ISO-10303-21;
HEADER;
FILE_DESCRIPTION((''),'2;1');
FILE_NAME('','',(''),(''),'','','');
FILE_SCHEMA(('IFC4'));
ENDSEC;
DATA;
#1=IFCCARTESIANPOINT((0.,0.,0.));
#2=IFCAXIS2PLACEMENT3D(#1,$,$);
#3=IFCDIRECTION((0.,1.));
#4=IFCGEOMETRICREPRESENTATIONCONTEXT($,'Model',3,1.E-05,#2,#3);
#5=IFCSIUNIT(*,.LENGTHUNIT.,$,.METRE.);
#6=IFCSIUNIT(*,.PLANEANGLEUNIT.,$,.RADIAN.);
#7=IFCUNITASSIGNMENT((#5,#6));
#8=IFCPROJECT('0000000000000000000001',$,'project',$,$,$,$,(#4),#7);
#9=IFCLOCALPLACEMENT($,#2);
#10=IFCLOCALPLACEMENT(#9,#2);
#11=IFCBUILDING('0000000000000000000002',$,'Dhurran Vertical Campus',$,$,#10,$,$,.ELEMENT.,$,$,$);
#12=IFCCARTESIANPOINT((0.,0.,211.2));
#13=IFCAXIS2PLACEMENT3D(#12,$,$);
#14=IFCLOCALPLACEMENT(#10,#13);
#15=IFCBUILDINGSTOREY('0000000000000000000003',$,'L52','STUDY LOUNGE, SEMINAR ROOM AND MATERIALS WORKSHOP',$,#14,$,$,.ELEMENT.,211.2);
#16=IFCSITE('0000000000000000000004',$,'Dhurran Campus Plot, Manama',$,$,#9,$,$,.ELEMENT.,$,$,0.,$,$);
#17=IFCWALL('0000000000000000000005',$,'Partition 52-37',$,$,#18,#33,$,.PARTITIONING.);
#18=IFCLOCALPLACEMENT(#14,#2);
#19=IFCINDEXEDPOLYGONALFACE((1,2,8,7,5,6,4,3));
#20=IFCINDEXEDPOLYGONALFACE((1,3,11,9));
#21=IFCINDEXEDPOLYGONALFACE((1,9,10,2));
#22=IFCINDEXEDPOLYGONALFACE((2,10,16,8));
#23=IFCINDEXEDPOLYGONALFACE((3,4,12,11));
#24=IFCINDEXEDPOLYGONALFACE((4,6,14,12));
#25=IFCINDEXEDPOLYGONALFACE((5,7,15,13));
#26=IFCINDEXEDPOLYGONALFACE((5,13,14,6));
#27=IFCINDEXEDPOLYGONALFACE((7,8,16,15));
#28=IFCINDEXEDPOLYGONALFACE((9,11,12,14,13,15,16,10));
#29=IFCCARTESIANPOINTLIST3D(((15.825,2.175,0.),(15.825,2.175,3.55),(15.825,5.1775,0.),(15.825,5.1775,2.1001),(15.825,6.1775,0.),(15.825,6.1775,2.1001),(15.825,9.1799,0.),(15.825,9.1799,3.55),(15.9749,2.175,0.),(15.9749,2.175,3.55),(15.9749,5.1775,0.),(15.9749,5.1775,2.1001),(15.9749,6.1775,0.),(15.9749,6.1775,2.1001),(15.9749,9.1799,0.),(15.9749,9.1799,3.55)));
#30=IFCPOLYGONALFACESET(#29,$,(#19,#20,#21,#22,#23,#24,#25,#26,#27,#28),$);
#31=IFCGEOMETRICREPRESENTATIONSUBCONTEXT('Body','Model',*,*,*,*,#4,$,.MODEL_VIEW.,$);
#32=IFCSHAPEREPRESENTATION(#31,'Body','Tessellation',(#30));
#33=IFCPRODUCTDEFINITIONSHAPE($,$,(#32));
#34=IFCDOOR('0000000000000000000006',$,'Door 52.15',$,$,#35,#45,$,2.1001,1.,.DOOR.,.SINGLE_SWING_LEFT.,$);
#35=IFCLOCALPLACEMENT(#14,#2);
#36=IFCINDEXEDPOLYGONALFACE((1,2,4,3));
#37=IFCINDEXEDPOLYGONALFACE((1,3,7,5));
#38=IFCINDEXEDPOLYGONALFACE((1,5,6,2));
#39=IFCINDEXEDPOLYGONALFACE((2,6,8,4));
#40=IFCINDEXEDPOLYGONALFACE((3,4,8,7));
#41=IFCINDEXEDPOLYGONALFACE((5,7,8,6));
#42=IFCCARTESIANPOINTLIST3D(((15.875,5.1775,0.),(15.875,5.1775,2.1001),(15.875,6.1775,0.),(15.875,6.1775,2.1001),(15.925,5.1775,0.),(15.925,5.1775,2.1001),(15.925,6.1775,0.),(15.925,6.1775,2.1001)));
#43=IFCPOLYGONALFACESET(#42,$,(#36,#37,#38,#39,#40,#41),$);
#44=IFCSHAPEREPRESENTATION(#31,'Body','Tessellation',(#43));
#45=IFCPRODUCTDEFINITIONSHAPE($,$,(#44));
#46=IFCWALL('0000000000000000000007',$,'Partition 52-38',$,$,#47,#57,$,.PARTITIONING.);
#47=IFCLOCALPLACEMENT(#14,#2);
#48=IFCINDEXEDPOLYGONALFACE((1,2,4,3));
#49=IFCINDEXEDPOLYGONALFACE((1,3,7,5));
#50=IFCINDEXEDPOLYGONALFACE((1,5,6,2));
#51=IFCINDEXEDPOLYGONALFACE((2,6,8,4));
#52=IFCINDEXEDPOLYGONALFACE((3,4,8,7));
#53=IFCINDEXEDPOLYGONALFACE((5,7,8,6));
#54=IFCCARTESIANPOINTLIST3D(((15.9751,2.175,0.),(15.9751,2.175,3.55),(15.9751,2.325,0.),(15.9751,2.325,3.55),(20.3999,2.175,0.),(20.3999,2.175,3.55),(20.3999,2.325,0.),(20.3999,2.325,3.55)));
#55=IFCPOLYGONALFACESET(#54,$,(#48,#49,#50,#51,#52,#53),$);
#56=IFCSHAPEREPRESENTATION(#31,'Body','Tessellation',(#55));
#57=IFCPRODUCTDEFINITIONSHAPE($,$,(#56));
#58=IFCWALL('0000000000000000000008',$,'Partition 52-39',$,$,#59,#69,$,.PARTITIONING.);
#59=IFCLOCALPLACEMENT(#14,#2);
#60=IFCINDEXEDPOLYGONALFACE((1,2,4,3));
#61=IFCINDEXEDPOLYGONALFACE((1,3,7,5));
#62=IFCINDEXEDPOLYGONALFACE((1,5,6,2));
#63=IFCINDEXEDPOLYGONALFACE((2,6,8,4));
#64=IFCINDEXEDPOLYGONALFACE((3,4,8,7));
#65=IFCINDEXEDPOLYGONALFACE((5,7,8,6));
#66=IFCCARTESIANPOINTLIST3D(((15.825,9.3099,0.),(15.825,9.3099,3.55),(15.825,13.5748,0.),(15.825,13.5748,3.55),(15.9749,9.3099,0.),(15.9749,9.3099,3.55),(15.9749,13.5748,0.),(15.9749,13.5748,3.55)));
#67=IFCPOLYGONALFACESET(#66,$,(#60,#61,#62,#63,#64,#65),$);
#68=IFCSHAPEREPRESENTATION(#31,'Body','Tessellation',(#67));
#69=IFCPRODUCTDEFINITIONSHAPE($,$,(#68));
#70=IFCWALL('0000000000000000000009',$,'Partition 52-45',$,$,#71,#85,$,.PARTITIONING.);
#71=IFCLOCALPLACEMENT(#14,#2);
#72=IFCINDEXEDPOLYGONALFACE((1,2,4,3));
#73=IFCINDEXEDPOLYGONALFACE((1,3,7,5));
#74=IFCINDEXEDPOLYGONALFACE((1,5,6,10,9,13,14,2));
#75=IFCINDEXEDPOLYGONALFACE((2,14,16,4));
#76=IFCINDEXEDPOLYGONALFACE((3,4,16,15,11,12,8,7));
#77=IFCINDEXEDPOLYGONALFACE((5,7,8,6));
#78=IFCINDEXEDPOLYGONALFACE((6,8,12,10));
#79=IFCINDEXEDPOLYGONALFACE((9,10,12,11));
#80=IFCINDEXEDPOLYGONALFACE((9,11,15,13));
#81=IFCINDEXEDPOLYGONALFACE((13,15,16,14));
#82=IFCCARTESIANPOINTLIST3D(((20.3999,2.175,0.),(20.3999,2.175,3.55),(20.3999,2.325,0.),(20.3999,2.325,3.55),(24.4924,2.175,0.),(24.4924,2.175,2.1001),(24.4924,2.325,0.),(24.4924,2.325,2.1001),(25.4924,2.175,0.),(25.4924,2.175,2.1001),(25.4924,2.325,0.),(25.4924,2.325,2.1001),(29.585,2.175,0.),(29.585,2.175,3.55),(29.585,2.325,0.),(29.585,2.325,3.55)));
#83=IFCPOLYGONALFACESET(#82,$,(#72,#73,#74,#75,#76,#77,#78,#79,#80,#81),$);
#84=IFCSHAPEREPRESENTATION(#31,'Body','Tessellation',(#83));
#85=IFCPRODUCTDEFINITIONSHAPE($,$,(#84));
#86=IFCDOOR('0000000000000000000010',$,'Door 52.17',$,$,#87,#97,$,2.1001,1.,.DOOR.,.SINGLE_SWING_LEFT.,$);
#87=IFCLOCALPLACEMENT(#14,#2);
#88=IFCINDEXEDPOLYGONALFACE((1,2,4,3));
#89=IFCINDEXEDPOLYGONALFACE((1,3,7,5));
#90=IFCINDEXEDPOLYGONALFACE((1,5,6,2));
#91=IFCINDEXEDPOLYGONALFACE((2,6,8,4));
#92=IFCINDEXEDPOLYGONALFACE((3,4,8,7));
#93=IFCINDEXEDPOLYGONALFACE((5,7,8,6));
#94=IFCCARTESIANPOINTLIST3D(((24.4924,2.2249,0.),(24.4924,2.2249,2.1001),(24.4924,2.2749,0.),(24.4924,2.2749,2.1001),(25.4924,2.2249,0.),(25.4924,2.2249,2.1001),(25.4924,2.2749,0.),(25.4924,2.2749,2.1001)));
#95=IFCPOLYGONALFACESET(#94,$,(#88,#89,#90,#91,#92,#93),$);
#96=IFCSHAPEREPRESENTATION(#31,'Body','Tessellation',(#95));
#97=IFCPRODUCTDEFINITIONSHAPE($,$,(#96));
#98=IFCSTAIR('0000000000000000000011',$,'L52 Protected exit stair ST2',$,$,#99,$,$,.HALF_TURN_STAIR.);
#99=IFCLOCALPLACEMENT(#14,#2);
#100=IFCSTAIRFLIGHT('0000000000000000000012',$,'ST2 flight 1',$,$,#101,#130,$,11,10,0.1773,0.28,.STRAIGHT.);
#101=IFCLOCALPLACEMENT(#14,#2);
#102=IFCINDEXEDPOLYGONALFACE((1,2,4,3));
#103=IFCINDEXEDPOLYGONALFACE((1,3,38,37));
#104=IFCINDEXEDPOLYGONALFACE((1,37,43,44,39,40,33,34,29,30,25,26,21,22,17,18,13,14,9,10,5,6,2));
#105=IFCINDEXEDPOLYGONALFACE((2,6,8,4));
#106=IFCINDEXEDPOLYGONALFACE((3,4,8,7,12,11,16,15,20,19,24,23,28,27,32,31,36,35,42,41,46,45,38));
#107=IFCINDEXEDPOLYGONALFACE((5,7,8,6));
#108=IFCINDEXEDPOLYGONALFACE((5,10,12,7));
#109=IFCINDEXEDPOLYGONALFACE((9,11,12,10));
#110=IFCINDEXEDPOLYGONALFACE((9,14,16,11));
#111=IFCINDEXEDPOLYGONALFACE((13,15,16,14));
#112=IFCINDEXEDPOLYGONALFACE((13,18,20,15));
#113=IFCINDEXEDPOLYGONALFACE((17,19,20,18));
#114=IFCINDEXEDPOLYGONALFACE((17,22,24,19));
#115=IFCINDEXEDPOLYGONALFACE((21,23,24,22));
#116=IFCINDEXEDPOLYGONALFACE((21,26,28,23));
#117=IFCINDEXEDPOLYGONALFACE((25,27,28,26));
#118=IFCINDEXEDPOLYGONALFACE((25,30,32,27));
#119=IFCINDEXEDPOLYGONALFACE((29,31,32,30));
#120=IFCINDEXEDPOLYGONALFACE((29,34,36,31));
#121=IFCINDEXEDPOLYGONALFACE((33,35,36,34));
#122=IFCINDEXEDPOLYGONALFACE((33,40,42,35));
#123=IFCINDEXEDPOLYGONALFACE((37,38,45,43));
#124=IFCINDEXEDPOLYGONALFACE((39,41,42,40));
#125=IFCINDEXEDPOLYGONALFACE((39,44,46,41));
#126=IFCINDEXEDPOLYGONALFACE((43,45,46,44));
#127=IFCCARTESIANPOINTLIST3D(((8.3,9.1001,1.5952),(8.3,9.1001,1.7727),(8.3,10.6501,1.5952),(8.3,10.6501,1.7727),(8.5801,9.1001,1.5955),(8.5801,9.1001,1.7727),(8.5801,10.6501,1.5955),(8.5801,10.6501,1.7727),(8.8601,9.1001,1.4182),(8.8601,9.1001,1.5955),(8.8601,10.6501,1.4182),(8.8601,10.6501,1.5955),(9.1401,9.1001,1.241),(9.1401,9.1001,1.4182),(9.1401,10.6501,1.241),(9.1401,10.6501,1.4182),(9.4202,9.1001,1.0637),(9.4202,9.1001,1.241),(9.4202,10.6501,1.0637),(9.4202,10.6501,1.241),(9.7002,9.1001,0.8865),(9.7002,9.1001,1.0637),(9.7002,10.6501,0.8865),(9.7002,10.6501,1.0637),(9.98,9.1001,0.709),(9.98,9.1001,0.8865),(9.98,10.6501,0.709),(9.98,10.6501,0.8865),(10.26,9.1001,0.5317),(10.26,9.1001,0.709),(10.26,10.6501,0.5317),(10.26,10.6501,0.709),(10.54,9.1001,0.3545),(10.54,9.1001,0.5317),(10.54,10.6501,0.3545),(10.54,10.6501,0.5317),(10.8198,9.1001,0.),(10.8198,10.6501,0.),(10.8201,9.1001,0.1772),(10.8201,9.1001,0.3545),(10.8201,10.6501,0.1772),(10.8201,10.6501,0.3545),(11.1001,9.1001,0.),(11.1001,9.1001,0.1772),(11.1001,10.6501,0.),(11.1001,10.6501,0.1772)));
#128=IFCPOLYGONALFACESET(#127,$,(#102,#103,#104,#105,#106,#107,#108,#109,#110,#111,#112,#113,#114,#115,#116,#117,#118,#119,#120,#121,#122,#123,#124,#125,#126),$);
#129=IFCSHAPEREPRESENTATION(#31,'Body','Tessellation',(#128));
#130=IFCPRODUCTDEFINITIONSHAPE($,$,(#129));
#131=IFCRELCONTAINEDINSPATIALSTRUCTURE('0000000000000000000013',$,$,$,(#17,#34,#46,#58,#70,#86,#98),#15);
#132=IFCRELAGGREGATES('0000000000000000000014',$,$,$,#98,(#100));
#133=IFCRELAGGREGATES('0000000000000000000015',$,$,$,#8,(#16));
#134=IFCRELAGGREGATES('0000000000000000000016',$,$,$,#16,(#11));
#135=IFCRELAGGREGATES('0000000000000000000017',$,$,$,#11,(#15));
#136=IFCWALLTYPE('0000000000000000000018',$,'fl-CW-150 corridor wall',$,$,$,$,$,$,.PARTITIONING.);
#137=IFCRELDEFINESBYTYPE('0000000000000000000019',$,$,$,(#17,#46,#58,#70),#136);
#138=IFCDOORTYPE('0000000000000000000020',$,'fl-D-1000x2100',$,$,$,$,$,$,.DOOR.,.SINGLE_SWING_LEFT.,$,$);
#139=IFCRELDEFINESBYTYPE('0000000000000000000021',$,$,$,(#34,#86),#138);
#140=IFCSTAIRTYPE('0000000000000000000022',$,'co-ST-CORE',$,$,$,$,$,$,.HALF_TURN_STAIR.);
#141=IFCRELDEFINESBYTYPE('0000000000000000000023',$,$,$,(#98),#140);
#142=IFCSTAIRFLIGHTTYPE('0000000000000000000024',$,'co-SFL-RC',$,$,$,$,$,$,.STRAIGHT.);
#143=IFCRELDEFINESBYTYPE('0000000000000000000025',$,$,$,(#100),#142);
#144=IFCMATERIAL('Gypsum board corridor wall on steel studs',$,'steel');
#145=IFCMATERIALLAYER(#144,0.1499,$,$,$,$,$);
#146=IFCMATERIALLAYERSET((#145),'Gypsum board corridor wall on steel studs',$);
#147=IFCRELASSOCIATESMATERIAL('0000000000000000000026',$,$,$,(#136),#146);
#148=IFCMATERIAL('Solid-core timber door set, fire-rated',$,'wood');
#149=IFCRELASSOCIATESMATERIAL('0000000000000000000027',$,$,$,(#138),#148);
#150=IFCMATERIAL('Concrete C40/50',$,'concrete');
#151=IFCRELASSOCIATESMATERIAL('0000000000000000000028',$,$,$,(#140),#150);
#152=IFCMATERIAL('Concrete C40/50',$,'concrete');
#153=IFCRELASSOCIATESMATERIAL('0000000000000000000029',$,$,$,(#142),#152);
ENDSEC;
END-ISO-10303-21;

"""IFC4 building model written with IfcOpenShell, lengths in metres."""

from ifc_helpers import new_model, si_unit, direction, frame, frame_2d, origin, place, context, subcontext, project, spatial, polyline, rectangle, outline, extrude, material, layer, layer_set, type_object, element, fill, aggregate, save


model = new_model("IFC4")

# Units and contexts
model_context = context("Model", 3, precision=1e-05, world=origin(), true_north=direction((0.0, 1.0)))
body_context = subcontext(model_context, "Body", "Model", "MODEL_VIEW")
ifc_project = project(units=[si_unit("LENGTHUNIT", "METRE"), si_unit("PLANEANGLEUNIT", "RADIAN")], contexts=[model_context])

# Site, building, storey
site_placement = place(None, origin())
site = spatial("IfcSite", under=ifc_project, at=site_placement, Name="Dhurran Campus Plot, Manama", CompositionType="ELEMENT", RefElevation=0.0)
building_placement = place(site_placement, origin())
building = spatial("IfcBuilding", under=site, at=building_placement, Name="Dhurran Vertical Campus", CompositionType="ELEMENT")
storey_placement = place(building_placement, frame((0.0, 0.0, 211.2)))
storey = spatial("IfcBuildingStorey", under=building, at=storey_placement, Name="L52", Description="STUDY LOUNGE, SEMINAR ROOM AND MATERIALS WORKSHOP", CompositionType="ELEMENT", Elevation=211.2)

# Wall, opening, door
ifc_material_1 = material(Name="Gypsum board corridor wall on steel studs", Category="steel")
ifc_layer_1 = layer(ifc_material_1, 0.1499)
ifc_layer_set_1 = layer_set([ifc_layer_1], Name="Gypsum board corridor wall on steel studs")
wall_type_1 = type_object("IfcWallType", Name="fl-CW-150 corridor wall", PredefinedType="PARTITIONING", material=ifc_layer_set_1)
wall_1_placement = place(storey_placement, frame((15.8999, 2.175, 0.0), z_axis=(0.0, 0.0, 1.0), x_axis=(0.0, 1.0, 0.0)))
wall_1 = element("IfcWall", 1, at=wall_1_placement, inside=storey, type_object=wall_type_1, Name="Partition 52-37", PredefinedType="PARTITIONING", context=body_context, shape_type="SweptSolid", body=[
    extrude(rectangle(XDim=7.0049, YDim=0.1499, at=frame_2d((3.5024, 0.0))), origin(), (0.0, 0.0, 1.0), 3.55),
])
opening_1_placement = place(wall_1_placement, frame((3.0024, 0.0, 0.0)))
opening_1 = element("IfcOpeningElement", 2, at=opening_1_placement, cuts=wall_1, PredefinedType="OPENING", context=body_context, shape_type="SweptSolid", body=[
    extrude(rectangle(XDim=1.0, YDim=2.1001, at=frame_2d((0.5, 1.05))), frame((0.0, 0.085, 0.0), z_axis=(0.0, -1.0, 0.0), x_axis=(1.0, 0.0, 0.0)), (0.0, 0.0, 1.0), 0.1699),
])
ifc_material_2 = material(Name="Solid-core timber door set, fire-rated", Category="wood")
door_type = type_object("IfcDoorType", Name="fl-D-1000x2100", OperationType="SINGLE_SWING_LEFT", PredefinedType="DOOR", material=ifc_material_2)
door_1_placement = place(opening_1_placement, origin())
door_1 = element("IfcDoor", 3, at=door_1_placement, inside=storey, type_object=door_type, Name="Door 52.15", OperationType="SINGLE_SWING_LEFT", OverallHeight=2.1001, OverallWidth=1.0, PredefinedType="DOOR", context=body_context, shape_type="SweptSolid", body=[
    extrude(rectangle(XDim=1.0, YDim=2.1001, at=frame_2d((0.5, 1.05))), frame((0.0, 0.0249, 0.0), z_axis=(0.0, -1.0, 0.0), x_axis=(1.0, 0.0, 0.0)), (0.0, 0.0, 1.0), 0.05),
])
fill(opening_1, door_1)

# Walls
wall_2_placement = place(storey_placement, frame((15.9751, 2.25, 0.0), z_axis=(0.0, 0.0, 1.0), x_axis=(1.0, 0.0, 0.0)))
element("IfcWall", 4, at=wall_2_placement, inside=storey, type_object=wall_type_1, Name="Partition 52-38", PredefinedType="PARTITIONING", context=body_context, shape_type="SweptSolid", body=[
    extrude(rectangle(XDim=4.4248, YDim=0.1499, at=frame_2d((2.2124, 0.0))), origin(), (0.0, 0.0, 1.0), 3.55),
])
wall_3_placement = place(storey_placement, frame((15.8999, 9.3101, 0.0), z_axis=(0.0, 0.0, 1.0), x_axis=(0.0, 1.0, 0.0)))
element("IfcWall", 5, at=wall_3_placement, inside=storey, type_object=wall_type_1, Name="Partition 52-39", PredefinedType="PARTITIONING", context=body_context, shape_type="SweptSolid", body=[
    extrude(rectangle(XDim=4.2649, YDim=0.1499, at=frame_2d((2.1323, 0.0))), origin(), (0.0, 0.0, 1.0), 3.55),
])

# Wall, opening, door
wall_4_placement = place(storey_placement, frame((20.3999, 2.25, 0.0), z_axis=(0.0, 0.0, 1.0), x_axis=(1.0, 0.0, 0.0)))
wall_4 = element("IfcWall", 6, at=wall_4_placement, inside=storey, type_object=wall_type_1, Name="Partition 52-45", PredefinedType="PARTITIONING", context=body_context, shape_type="SweptSolid", body=[
    extrude(rectangle(XDim=9.1851, YDim=0.1499, at=frame_2d((4.5925, 0.0))), origin(), (0.0, 0.0, 1.0), 3.55),
])
opening_2_placement = place(wall_4_placement, frame((4.0925, 0.0, 0.0)))
opening_2 = element("IfcOpeningElement", 7, at=opening_2_placement, cuts=wall_4, PredefinedType="OPENING", context=body_context, shape_type="SweptSolid", body=[
    extrude(rectangle(XDim=1.0, YDim=2.1001, at=frame_2d((0.5, 1.05))), frame((0.0, 0.085, 0.0), z_axis=(0.0, -1.0, 0.0), x_axis=(1.0, 0.0, 0.0)), (0.0, 0.0, 1.0), 0.1699),
])
door_2_placement = place(opening_2_placement, origin())
door_2 = element("IfcDoor", 8, at=door_2_placement, inside=storey, type_object=door_type, Name="Door 52.17", OperationType="SINGLE_SWING_LEFT", OverallHeight=2.1001, OverallWidth=1.0, PredefinedType="DOOR", context=body_context, shape_type="SweptSolid", body=[
    extrude(rectangle(XDim=1.0, YDim=2.1001, at=frame_2d((0.5, 1.05))), frame((0.0, 0.0249, 0.0), z_axis=(0.0, -1.0, 0.0), x_axis=(1.0, 0.0, 0.0)), (0.0, 0.0, 1.0), 0.05),
])
fill(opening_2, door_2)

# Stair, stair flight
ifc_material_3 = material(Name="Concrete C40/50", Category="concrete")
stair_type = type_object("IfcStairType", Name="co-ST-CORE", PredefinedType="HALF_TURN_STAIR", material=ifc_material_3)
stair_placement = place(storey_placement, origin())
stair = element("IfcStair", 9, at=stair_placement, inside=storey, type_object=stair_type, Name="L52 Protected exit stair ST2", PredefinedType="HALF_TURN_STAIR")
ifc_material_4 = material(Name="Concrete C40/50", Category="concrete")
stair_flight_type = type_object("IfcStairFlightType", Name="co-SFL-RC", PredefinedType="STRAIGHT", material=ifc_material_4)
stair_flight_placement = place(storey_placement, frame((11.1001, 9.875, 0.0), z_axis=(0.0, 0.0, 1.0), x_axis=(-1.0, 0.0, 0.0)))
stair_flight = element("IfcStairFlight", 10, at=stair_flight_placement, type_object=stair_flight_type, Name="ST2 flight 1", NumberOfRisers=11, NumberOfTreads=10, PredefinedType="STRAIGHT", RiserHeight=0.1773, TreadLength=0.28, context=body_context, shape_type="SweptSolid", body=[
    extrude(outline(polyline([(0.0, 0.0), (0.0, 0.1772), (0.28, 0.1772), (0.28, 0.3545), (0.5601, 0.3545), (0.5601, 0.5317), (0.8401, 0.5317), (0.8401, 0.709), (1.1201, 0.709), (1.1201, 0.8865), (1.3999, 0.8865), (1.3999, 1.0637), (1.6799, 1.0637), (1.6799, 1.241), (1.96, 1.241), (1.96, 1.4182), (2.24, 1.4182), (2.24, 1.5955), (2.52, 1.5955), (2.52, 1.7727), (2.8, 1.7727), (2.8, 1.95), (2.8, 1.5952), (0.2803, 0.0), (0.0, 0.0)])), frame((0.0, 0.7749, 0.0), z_axis=(0.0, -1.0, 0.0), x_axis=(1.0, 0.0, 0.0)), (0.0, 0.0, 1.0), 1.55),
])
aggregate(stair, [stair_flight])

save(model, "model.ifc")
